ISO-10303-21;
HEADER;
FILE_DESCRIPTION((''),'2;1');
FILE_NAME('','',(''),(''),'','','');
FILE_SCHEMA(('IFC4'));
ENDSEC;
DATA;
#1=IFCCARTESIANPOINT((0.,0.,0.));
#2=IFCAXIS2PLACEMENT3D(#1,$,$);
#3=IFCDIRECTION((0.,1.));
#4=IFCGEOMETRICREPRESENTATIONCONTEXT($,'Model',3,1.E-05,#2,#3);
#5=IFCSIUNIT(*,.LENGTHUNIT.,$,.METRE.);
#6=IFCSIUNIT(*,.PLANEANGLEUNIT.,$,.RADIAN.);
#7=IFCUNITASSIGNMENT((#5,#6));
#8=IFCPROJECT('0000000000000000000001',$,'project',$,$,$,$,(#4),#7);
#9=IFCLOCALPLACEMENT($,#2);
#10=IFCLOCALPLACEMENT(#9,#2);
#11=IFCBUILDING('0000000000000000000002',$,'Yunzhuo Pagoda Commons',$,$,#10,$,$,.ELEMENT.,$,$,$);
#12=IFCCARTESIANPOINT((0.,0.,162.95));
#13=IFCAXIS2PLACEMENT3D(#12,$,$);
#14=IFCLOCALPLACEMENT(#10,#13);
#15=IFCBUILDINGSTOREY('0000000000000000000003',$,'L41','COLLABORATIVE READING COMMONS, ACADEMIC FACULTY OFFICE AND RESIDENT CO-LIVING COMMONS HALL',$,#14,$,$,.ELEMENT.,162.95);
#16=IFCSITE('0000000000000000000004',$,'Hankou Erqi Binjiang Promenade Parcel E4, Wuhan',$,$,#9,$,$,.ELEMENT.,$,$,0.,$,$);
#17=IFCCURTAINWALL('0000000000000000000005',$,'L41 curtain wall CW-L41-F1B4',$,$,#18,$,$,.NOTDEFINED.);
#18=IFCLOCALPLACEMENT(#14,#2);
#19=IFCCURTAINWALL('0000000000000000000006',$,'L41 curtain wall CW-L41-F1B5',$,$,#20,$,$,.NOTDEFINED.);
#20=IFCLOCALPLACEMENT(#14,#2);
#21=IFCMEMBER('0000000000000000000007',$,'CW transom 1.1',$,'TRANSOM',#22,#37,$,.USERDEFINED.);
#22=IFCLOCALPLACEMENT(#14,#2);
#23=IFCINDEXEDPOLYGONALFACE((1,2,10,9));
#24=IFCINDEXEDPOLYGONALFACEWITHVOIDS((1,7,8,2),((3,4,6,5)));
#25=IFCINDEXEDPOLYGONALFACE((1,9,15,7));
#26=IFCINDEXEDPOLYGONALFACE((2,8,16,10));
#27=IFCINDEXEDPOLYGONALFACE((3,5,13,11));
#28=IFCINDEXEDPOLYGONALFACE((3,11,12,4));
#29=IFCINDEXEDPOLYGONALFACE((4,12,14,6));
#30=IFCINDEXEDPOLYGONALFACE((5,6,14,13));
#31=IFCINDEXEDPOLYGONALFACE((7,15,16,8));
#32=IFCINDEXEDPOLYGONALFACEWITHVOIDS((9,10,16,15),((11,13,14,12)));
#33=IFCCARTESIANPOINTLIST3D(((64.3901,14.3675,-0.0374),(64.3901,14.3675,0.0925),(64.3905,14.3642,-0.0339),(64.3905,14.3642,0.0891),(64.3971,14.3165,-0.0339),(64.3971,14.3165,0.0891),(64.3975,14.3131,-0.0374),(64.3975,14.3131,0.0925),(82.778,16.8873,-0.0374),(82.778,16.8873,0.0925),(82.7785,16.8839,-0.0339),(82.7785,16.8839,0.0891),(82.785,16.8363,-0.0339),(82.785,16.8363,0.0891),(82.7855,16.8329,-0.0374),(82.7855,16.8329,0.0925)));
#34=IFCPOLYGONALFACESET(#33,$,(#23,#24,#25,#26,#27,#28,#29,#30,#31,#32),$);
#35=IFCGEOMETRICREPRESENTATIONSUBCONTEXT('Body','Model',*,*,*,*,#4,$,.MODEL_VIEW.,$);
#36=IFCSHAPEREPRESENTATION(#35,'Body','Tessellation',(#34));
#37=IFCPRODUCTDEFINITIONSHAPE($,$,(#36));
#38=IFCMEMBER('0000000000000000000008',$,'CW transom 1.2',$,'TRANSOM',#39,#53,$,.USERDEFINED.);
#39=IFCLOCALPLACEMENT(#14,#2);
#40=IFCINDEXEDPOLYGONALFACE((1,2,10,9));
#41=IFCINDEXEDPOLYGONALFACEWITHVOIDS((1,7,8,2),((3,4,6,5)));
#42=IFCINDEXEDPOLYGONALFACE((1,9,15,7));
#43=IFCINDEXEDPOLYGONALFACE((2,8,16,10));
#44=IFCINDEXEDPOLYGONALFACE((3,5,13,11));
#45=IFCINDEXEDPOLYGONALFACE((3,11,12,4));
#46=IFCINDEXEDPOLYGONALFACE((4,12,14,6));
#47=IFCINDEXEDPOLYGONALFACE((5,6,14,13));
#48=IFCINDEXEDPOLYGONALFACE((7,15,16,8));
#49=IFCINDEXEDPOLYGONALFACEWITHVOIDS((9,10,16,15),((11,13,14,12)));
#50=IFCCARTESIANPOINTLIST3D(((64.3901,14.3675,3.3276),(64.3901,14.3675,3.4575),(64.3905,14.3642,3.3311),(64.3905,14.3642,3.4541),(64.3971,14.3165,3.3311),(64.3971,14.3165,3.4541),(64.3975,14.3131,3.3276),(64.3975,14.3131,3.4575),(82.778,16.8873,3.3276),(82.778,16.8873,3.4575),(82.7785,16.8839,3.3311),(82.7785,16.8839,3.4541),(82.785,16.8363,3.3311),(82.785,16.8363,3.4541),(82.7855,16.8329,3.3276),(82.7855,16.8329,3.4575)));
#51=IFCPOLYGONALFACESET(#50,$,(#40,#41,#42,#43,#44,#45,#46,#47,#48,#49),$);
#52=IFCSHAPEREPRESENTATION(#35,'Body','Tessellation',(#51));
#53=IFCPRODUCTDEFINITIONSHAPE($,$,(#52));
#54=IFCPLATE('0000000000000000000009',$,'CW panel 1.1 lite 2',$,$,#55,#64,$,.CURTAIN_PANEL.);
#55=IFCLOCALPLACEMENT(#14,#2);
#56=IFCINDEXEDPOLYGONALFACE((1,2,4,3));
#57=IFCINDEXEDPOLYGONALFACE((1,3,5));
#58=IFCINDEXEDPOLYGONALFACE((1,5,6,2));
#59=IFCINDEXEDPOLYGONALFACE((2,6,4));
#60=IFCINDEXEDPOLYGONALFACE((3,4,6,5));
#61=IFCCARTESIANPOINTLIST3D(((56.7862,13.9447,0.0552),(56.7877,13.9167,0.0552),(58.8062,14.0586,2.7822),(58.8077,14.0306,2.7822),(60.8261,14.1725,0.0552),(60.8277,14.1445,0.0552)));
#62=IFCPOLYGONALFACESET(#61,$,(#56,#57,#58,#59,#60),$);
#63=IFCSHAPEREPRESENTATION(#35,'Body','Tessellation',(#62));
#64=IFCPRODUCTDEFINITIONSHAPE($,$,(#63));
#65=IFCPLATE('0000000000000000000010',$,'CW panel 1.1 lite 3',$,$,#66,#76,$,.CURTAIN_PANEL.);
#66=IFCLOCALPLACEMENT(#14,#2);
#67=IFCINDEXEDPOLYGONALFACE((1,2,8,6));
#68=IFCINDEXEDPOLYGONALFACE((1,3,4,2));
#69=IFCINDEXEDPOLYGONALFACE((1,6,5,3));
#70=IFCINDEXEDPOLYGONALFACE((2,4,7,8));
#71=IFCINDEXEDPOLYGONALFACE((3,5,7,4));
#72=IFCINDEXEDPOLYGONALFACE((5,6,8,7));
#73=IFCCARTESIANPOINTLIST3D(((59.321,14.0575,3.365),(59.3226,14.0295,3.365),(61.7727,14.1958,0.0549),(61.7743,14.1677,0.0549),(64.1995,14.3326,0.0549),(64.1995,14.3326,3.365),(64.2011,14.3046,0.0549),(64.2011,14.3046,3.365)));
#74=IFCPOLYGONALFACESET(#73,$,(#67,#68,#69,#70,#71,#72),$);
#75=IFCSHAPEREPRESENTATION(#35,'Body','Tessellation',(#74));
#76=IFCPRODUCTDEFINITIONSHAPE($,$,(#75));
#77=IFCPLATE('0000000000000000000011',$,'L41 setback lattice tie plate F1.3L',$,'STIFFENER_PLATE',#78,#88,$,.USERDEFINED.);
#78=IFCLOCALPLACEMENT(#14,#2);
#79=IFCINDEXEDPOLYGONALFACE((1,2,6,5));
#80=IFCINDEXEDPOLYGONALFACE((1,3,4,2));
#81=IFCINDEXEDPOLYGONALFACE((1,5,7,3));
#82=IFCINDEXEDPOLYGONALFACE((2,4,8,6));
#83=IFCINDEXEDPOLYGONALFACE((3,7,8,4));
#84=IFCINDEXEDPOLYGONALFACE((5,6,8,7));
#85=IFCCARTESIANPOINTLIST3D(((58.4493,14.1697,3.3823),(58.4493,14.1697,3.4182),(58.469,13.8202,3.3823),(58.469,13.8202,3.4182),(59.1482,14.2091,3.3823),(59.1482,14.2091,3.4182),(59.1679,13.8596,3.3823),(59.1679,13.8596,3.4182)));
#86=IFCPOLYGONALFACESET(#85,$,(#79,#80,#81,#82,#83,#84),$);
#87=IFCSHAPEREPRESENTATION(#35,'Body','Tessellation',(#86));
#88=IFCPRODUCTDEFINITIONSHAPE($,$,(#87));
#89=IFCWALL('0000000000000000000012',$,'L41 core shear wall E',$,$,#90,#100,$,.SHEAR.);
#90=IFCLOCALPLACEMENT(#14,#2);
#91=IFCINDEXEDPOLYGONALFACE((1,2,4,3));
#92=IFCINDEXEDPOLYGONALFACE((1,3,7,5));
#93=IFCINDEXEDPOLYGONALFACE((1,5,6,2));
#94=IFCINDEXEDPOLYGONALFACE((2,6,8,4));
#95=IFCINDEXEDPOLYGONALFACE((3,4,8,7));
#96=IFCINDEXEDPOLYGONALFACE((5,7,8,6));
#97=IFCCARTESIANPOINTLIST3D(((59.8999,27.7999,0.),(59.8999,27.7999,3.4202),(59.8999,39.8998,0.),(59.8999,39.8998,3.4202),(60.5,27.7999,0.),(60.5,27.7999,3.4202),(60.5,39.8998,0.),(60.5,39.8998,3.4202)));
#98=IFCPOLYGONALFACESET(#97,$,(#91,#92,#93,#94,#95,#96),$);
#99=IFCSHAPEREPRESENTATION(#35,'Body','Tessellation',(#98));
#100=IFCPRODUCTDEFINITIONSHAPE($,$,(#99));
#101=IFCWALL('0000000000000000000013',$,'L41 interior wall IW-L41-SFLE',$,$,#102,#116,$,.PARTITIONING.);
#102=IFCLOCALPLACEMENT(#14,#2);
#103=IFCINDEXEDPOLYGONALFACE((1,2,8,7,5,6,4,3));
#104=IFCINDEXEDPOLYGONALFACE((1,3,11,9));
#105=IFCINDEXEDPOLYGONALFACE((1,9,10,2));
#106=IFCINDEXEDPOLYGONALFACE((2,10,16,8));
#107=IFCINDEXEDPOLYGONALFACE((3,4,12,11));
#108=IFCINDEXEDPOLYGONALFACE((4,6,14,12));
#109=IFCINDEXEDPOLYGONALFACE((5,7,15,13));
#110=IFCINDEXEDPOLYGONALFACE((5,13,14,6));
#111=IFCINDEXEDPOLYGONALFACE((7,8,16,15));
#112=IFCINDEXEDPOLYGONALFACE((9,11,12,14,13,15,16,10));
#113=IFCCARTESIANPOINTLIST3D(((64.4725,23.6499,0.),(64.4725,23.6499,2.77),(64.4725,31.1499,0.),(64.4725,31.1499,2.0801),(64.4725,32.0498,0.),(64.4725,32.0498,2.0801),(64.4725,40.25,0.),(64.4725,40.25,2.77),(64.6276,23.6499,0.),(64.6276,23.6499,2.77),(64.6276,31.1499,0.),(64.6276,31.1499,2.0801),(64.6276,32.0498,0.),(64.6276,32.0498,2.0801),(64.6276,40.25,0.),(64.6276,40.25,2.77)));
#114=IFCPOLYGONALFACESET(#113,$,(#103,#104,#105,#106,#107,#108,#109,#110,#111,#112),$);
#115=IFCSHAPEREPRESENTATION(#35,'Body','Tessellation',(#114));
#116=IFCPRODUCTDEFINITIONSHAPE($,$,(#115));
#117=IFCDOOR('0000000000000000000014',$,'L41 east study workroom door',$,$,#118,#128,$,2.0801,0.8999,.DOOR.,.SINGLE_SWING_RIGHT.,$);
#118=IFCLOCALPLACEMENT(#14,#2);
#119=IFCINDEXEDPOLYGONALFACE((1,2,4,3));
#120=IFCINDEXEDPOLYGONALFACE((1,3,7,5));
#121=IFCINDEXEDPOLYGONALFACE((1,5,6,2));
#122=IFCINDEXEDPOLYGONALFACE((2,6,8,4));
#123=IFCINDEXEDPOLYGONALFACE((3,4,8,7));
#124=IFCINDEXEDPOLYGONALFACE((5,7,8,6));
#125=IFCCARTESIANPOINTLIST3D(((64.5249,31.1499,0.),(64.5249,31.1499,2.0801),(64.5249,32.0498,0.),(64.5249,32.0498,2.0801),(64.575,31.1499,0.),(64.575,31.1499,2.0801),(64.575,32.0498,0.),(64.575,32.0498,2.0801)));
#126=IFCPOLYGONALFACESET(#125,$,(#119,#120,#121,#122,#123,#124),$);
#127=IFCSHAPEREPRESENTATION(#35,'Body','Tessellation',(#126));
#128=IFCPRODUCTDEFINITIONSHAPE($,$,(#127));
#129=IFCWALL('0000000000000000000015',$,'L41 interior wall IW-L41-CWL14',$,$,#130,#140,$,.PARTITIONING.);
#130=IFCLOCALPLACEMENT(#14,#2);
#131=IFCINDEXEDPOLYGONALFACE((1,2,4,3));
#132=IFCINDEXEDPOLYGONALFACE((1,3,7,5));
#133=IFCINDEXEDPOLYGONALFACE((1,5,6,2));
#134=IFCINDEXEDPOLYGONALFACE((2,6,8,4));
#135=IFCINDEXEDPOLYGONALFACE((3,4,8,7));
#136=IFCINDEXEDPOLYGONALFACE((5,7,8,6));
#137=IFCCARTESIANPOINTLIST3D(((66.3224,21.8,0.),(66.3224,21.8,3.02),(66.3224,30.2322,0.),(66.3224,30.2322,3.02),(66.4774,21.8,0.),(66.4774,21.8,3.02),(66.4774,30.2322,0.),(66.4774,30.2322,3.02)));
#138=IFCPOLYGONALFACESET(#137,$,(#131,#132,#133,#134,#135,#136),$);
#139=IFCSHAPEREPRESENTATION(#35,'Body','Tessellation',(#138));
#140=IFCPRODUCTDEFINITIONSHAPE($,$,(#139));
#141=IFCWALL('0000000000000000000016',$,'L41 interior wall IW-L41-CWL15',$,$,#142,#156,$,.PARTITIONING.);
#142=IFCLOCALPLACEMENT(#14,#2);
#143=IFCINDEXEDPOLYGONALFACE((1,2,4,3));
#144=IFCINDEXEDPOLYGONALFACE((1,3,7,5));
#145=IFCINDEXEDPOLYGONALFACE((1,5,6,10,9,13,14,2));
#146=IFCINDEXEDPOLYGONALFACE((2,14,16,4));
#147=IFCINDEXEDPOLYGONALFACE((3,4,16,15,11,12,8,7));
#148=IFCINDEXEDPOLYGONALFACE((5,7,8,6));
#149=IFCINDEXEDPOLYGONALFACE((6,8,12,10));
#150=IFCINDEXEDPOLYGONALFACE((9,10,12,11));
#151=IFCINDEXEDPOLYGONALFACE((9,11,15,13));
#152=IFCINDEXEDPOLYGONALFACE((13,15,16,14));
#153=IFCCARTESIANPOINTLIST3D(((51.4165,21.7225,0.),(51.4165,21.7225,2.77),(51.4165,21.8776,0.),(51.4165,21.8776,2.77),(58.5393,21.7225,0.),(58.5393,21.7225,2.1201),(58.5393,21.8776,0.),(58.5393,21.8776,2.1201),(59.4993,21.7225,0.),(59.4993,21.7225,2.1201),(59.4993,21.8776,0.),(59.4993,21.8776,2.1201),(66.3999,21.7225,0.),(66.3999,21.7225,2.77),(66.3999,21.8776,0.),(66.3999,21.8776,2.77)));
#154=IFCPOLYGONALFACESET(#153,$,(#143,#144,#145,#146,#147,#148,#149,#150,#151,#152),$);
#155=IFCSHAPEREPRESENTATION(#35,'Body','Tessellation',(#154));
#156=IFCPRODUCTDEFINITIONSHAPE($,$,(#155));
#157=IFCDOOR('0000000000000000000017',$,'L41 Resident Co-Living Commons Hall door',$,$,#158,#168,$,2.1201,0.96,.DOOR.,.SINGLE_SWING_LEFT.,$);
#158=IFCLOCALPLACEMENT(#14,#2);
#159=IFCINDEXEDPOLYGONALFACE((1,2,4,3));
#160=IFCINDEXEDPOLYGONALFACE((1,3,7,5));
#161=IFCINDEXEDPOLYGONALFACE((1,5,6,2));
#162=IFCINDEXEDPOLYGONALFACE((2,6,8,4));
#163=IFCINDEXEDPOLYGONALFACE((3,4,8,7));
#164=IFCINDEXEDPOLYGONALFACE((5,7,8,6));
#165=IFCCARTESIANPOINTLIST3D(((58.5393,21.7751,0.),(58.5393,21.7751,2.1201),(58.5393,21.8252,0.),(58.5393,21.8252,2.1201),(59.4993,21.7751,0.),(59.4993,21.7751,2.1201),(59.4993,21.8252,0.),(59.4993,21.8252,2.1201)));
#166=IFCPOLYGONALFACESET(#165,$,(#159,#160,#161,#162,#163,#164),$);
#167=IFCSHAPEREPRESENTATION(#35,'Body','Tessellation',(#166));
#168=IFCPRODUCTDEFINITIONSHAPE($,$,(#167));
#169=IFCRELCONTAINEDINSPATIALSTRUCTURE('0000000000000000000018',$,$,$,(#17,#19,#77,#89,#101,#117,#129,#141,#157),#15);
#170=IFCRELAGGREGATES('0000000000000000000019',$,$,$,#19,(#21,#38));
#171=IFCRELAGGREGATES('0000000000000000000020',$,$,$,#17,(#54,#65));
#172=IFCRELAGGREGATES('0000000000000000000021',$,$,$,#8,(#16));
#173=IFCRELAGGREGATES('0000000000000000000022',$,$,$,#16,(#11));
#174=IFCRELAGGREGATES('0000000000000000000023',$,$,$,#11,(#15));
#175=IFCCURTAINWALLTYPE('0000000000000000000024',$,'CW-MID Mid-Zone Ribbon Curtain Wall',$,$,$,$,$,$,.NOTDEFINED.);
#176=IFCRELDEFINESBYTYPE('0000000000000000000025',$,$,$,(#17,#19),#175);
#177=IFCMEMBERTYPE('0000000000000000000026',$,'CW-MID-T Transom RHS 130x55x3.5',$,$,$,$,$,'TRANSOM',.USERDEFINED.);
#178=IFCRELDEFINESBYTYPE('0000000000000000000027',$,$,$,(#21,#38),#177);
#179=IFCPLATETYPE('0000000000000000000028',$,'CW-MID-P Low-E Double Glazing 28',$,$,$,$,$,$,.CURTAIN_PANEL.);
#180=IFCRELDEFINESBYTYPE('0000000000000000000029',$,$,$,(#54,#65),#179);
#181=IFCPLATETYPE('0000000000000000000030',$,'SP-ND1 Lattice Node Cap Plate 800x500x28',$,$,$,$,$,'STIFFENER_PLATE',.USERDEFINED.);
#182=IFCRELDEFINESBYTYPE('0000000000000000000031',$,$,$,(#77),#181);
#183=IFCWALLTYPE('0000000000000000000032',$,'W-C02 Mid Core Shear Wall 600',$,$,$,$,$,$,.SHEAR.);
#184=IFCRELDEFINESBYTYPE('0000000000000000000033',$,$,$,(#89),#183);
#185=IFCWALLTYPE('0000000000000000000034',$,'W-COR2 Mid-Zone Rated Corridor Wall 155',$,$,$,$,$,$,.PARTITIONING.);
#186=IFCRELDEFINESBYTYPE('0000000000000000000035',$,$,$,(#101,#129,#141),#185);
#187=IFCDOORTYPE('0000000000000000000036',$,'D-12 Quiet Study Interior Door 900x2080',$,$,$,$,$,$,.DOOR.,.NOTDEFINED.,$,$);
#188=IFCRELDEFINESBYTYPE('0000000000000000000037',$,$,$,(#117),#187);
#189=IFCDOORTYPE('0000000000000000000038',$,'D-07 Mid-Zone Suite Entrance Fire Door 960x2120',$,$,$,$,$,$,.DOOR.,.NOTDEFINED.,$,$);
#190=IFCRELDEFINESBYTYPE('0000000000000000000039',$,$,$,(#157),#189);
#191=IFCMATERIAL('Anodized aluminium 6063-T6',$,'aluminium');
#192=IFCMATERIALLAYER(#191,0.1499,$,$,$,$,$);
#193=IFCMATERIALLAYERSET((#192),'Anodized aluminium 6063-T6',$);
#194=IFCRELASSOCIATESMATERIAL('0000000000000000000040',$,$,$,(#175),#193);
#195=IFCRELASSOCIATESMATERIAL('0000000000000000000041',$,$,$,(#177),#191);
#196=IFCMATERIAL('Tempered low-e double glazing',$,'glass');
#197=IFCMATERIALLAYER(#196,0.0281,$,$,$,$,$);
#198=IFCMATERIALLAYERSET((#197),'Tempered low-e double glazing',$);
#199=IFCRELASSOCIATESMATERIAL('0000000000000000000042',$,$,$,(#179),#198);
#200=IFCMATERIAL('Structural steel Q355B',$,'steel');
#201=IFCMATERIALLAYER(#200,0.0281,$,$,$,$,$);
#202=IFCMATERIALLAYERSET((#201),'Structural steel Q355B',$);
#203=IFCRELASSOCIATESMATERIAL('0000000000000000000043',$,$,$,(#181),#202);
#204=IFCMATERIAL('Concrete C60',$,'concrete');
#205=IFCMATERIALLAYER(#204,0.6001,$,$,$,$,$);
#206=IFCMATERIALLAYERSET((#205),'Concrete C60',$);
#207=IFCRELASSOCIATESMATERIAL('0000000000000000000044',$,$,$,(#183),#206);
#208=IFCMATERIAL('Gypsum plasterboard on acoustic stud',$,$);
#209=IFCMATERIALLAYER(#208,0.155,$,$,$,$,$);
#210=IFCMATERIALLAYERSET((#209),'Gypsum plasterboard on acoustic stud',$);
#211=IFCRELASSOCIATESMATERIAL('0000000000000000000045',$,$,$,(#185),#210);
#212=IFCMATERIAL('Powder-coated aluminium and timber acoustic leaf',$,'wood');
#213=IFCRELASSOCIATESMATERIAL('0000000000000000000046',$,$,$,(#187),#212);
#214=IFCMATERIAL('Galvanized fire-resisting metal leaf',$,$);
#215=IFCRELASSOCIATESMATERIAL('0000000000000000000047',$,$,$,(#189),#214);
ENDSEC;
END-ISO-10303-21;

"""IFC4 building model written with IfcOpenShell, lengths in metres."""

from ifc_helpers import new_model, si_unit, direction, frame, frame_2d, origin, origin_with_axes, origin_2d, place, context, subcontext, project, spatial, polyline, rectangle, hollow_rectangle, outline, extrude, source, transform, mapped, material, layer, layer_set, material_profile, profile_set, type_object, element, fill, aggregate, save


model = new_model("IFC4")

# Units and contexts
model_context = context("Model", 3, precision=1e-05, world=origin(), true_north=direction((0.0, 1.0)))
body_context = subcontext(model_context, "Body", "Model", "MODEL_VIEW")
ifc_project = project(units=[si_unit("LENGTHUNIT", "METRE"), si_unit("PLANEANGLEUNIT", "RADIAN")], contexts=[model_context])

# Site, building, storey
site_placement = place(None, origin())
site = spatial("IfcSite", under=ifc_project, at=site_placement, Name="Hankou Erqi Binjiang Promenade Parcel E4, Wuhan", CompositionType="ELEMENT", RefElevation=0.0)
building_placement = place(site_placement, origin())
building = spatial("IfcBuilding", under=site, at=building_placement, Name="Yunzhuo Pagoda Commons", CompositionType="ELEMENT")
storey_placement = place(building_placement, frame((0.0, 0.0, 162.95)))
storey = spatial("IfcBuildingStorey", under=building, at=storey_placement, Name="L41", Description="COLLABORATIVE READING COMMONS, ACADEMIC FACULTY OFFICE AND RESIDENT CO-LIVING COMMONS HALL", CompositionType="ELEMENT", Elevation=162.95)

# Shared definitions
ifc_material_1 = material(Name="Structural steel Q355B", Category="steel")

# Curtain wall
ifc_material_2 = material(Name="Anodized aluminium 6063-T6", Category="aluminium")
ifc_layer_1 = layer(ifc_material_2, 0.1499)
ifc_layer_set_1 = layer_set([ifc_layer_1], Name="Anodized aluminium 6063-T6")
curtain_wall_type = type_object("IfcCurtainWallType", Name="CW-MID Mid-Zone Ribbon Curtain Wall", PredefinedType="NOTDEFINED", material=ifc_layer_set_1)
curtain_wall_1_placement = place(storey_placement, origin())
curtain_wall_1 = element("IfcCurtainWall", 1, at=curtain_wall_1_placement, inside=storey, type_object=curtain_wall_type, Name="L41 curtain wall CW-L41-F1B4", PredefinedType="NOTDEFINED")

# Curtain wall, members
curtain_wall_2_placement = place(storey_placement, origin())
curtain_wall_2 = element("IfcCurtainWall", 2, at=curtain_wall_2_placement, inside=storey, type_object=curtain_wall_type, Name="L41 curtain wall CW-L41-F1B5", PredefinedType="NOTDEFINED")
ifc_material_profile_1 = material_profile(ifc_material_2, hollow_rectangle(XDim=0.0549, YDim=0.1299, WallThickness=0.0034, at=origin_2d()), Name="Anodized aluminium 6063-T6")
ifc_profile_set_1 = profile_set([ifc_material_profile_1], Name="Anodized aluminium 6063-T6")
member_type_1 = type_object("IfcMemberType", Name="CW-MID-T Transom RHS 130x55x3.5", ElementType="TRANSOM", PredefinedType="USERDEFINED", material=ifc_profile_set_1)
shared_shape_1 = source(origin(), body_context, "Body", "SweptSolid", [
    extrude(hollow_rectangle(XDim=0.0549, YDim=0.1299, WallThickness=0.0034, at=origin_2d()), origin(), (0.0, 0.0, 1.0), 18.5598),
])
member_1_placement = place(storey_placement, frame((64.3938, 14.3403, 0.0276), z_axis=(0.990741, 0.135765, 0.0), x_axis=(-0.135765, 0.990741, 0.0)))
member_1 = element("IfcMember", 3, at=member_1_placement, type_object=member_type_1, Name="CW transom 1.1", ObjectType="TRANSOM", PredefinedType="USERDEFINED", context=body_context, shape_type="MappedRepresentation", body=[
    mapped(shared_shape_1, transform((0.0, 0.0, 0.0), scale=1.0)),
])
member_2_placement = place(storey_placement, frame((64.3938, 14.3403, 3.3926), z_axis=(0.990741, 0.135765, 0.0), x_axis=(-0.135765, 0.990741, 0.0)))
member_2 = element("IfcMember", 4, at=member_2_placement, type_object=member_type_1, Name="CW transom 1.2", ObjectType="TRANSOM", PredefinedType="USERDEFINED", context=body_context, shape_type="MappedRepresentation", body=[
    mapped(shared_shape_1, transform((0.0, 0.0, 0.0), scale=1.0)),
])
aggregate(curtain_wall_2, [member_1, member_2])

# Plates
ifc_material_3 = material(Name="Tempered low-e double glazing", Category="glass")
ifc_layer_2 = layer(ifc_material_3, 0.0281)
ifc_layer_set_2 = layer_set([ifc_layer_2], Name="Tempered low-e double glazing")
plate_type_1 = type_object("IfcPlateType", Name="CW-MID-P Low-E Double Glazing 28", PredefinedType="CURTAIN_PANEL", material=ifc_layer_set_2)
plate_1_placement = place(storey_placement, frame((58.8062, 14.0586, 1.4187), z_axis=(0.056299, -0.998414, 0.0), x_axis=(0.998414, 0.056299, 0.0)))
plate_1 = element("IfcPlate", 5, at=plate_1_placement, type_object=plate_type_1, Name="CW panel 1.1 lite 2", PredefinedType="CURTAIN_PANEL", context=body_context, shape_type="SweptSolid", body=[
    extrude(outline(polyline([(-2.0232, -1.3635), (2.0232, -1.3635), (0.0, 1.3635), (-2.0232, -1.3635)])), origin(), (0.0, 0.0, 1.0), 0.0281),
])
plate_2_placement = place(storey_placement, frame((61.7603, 14.1951, 1.71), z_axis=(0.056299, -0.998414, 0.0), x_axis=(0.998414, 0.056299, 0.0)))
plate_2 = element("IfcPlate", 6, at=plate_2_placement, type_object=plate_type_1, Name="CW panel 1.1 lite 3", PredefinedType="CURTAIN_PANEL", context=body_context, shape_type="SweptSolid", body=[
    extrude(outline(polyline([(-2.4431, 1.655), (0.0125, -1.655), (2.4431, -1.655), (2.4431, 1.655), (-2.4431, 1.655)])), origin(), (0.0, 0.0, 1.0), 0.0281),
])
aggregate(curtain_wall_1, [plate_1, plate_2])
ifc_layer_3 = layer(ifc_material_1, 0.0281)
ifc_layer_set_3 = layer_set([ifc_layer_3], Name="Structural steel Q355B")
plate_type_2 = type_object("IfcPlateType", Name="SP-ND1 Lattice Node Cap Plate 800x500x28", ElementType="STIFFENER_PLATE", PredefinedType="USERDEFINED", material=ifc_layer_set_3)
shared_shape_2 = source(origin(), body_context, "Body", "SweptSolid", [
    extrude(rectangle(XDim=0.7, YDim=0.3501, at=origin_2d()), origin(), (0.0, 0.0, 1.0), 0.0359),
])
plate_3_placement = place(storey_placement, frame((58.8086, 14.0146, 3.3823), z_axis=(0.0, 0.0, 1.0), x_axis=(0.998414, 0.056292, 0.0)))
element("IfcPlate", 7, at=plate_3_placement, inside=storey, type_object=plate_type_2, Name="L41 setback lattice tie plate F1.3L", ObjectType="STIFFENER_PLATE", PredefinedType="USERDEFINED", context=body_context, shape_type="MappedRepresentation", body=[
    mapped(shared_shape_2, transform((0.0, 0.0, 0.0), scale=1.0)),
])

# Wall
ifc_material_4 = material(Name="Concrete C60", Category="concrete")
ifc_layer_4 = layer(ifc_material_4, 0.6001)
ifc_layer_set_4 = layer_set([ifc_layer_4], Name="Concrete C60")
wall_type_1 = type_object("IfcWallType", Name="W-C02 Mid Core Shear Wall 600", PredefinedType="SHEAR", material=ifc_layer_set_4)
wall_1_placement = place(storey_placement, frame((60.2, 27.8, 0.0), z_axis=(0.0, 0.0, 1.0), x_axis=(0.0, 1.0, 0.0)))
element("IfcWall", 8, at=wall_1_placement, inside=storey, type_object=wall_type_1, Name="L41 core shear wall E", PredefinedType="SHEAR", context=body_context, shape_type="SweptSolid", body=[
    extrude(rectangle(XDim=12.0999, YDim=0.6001, at=frame_2d((6.0498, 0.0))), origin(), (0.0, 0.0, 1.0), 3.4202),
])

# Wall, opening, door
ifc_material_5 = material(Name="Gypsum plasterboard on acoustic stud")
ifc_layer_5 = layer(ifc_material_5, 0.155)
ifc_layer_set_5 = layer_set([ifc_layer_5], Name="Gypsum plasterboard on acoustic stud")
wall_type_2 = type_object("IfcWallType", Name="W-COR2 Mid-Zone Rated Corridor Wall 155", PredefinedType="PARTITIONING", material=ifc_layer_set_5)
wall_2_placement = place(storey_placement, frame((64.55, 23.6499, 0.0), z_axis=(0.0, 0.0, 1.0), x_axis=(0.0, 1.0, 0.0)))
wall_2 = element("IfcWall", 9, at=wall_2_placement, inside=storey, type_object=wall_type_2, Name="L41 interior wall IW-L41-SFLE", PredefinedType="PARTITIONING", context=body_context, shape_type="SweptSolid", body=[
    extrude(rectangle(XDim=16.6001, YDim=0.155, at=frame_2d((8.3, 0.0))), origin(), (0.0, 0.0, 1.0), 2.77),
])
opening_1_placement = place(wall_2_placement, frame((7.5, 0.0, 0.0)))
opening_1 = element("IfcOpeningElement", 10, at=opening_1_placement, cuts=wall_2, PredefinedType="OPENING", context=body_context, shape_type="SweptSolid", body=[
    extrude(rectangle(XDim=0.8999, YDim=2.0801, at=frame_2d((0.45, 1.04))), frame((0.0, 0.0874, 0.0), z_axis=(0.0, -1.0, 0.0), x_axis=(1.0, 0.0, 0.0)), (0.0, 0.0, 1.0), 0.175),
])
ifc_material_6 = material(Name="Powder-coated aluminium and timber acoustic leaf", Category="wood")
door_type_1 = type_object("IfcDoorType", Name="D-12 Quiet Study Interior Door 900x2080", OperationType="NOTDEFINED", PredefinedType="DOOR", material=ifc_material_6)
shared_shape_3 = source(origin(), body_context, "Body", "SweptSolid", [
    extrude(rectangle(XDim=0.8999, YDim=2.0801, at=frame_2d((0.45, 1.04))), frame((0.0, 0.0249, 0.0), z_axis=(0.0, -1.0, 0.0), x_axis=(1.0, 0.0, 0.0)), (0.0, 0.0, 1.0), 0.05),
])
door_1_placement = place(opening_1_placement, frame((0.8999, 0.0, 0.0), z_axis=(0.0, 0.0, 1.0), x_axis=(-1.0, 0.0, 0.0)))
door_1 = element("IfcDoor", 11, at=door_1_placement, inside=storey, type_object=door_type_1, Name="L41 east study workroom door", OperationType="SINGLE_SWING_RIGHT", OverallHeight=2.0801, OverallWidth=0.8999, PredefinedType="DOOR", context=body_context, shape_type="MappedRepresentation", body=[
    mapped(shared_shape_3, transform((0.0, 0.0, 0.0), scale=1.0)),
])
fill(opening_1, door_1)

# Wall
wall_3_placement = place(storey_placement, frame((66.3999, 30.2322, 0.0), z_axis=(0.0, 0.0, 1.0), x_axis=(0.0, -1.0, 0.0)))
element("IfcWall", 12, at=wall_3_placement, inside=storey, type_object=wall_type_2, Name="L41 interior wall IW-L41-CWL14", PredefinedType="PARTITIONING", context=body_context, shape_type="SweptSolid", body=[
    extrude(rectangle(XDim=8.4321, YDim=0.155, at=frame_2d((4.2161, 0.0))), origin(), (0.0, 0.0, 1.0), 3.02),
])

# Wall, opening, door
wall_4_placement = place(storey_placement, frame((66.3999, 21.8, 0.0), z_axis=(0.0, 0.0, 1.0), x_axis=(-1.0, 0.0, 0.0)))
wall_4 = element("IfcWall", 13, at=wall_4_placement, inside=storey, type_object=wall_type_2, Name="L41 interior wall IW-L41-CWL15", PredefinedType="PARTITIONING", context=body_context, shape_type="SweptSolid", body=[
    extrude(rectangle(XDim=14.9834, YDim=0.155, at=frame_2d((7.4917, 0.0))), origin(), (0.0, 0.0, 1.0), 2.77),
])
opening_2_placement = place(wall_4_placement, frame((6.9006, 0.0, 0.0)))
opening_2 = element("IfcOpeningElement", 14, at=opening_2_placement, cuts=wall_4, PredefinedType="OPENING", context=body_context, shape_type="SweptSolid", body=[
    extrude(rectangle(XDim=0.96, YDim=2.1201, at=frame_2d((0.48, 1.0601))), frame((0.0, 0.0874, 0.0), z_axis=(0.0, -1.0, 0.0), x_axis=(1.0, 0.0, 0.0)), (0.0, 0.0, 1.0), 0.175),
])
ifc_material_7 = material(Name="Galvanized fire-resisting metal leaf")
door_type_2 = type_object("IfcDoorType", Name="D-07 Mid-Zone Suite Entrance Fire Door 960x2120", OperationType="NOTDEFINED", PredefinedType="DOOR", material=ifc_material_7)
shared_shape_4 = source(origin(), body_context, "Body", "SweptSolid", [
    extrude(rectangle(XDim=0.96, YDim=2.1201, at=frame_2d((0.48, 1.0601))), frame((0.0, 0.0249, 0.0), z_axis=(0.0, -1.0, 0.0), x_axis=(1.0, 0.0, 0.0)), (0.0, 0.0, 1.0), 0.05),
])
door_2_placement = place(opening_2_placement, origin_with_axes())
door_2 = element("IfcDoor", 15, at=door_2_placement, inside=storey, type_object=door_type_2, Name="L41 Resident Co-Living Commons Hall door", OperationType="SINGLE_SWING_LEFT", OverallHeight=2.1201, OverallWidth=0.96, PredefinedType="DOOR", context=body_context, shape_type="MappedRepresentation", body=[
    mapped(shared_shape_4, transform((0.0, 0.0, 0.0), scale=1.0)),
])
fill(opening_2, door_2)

save(model, "model.ifc")
